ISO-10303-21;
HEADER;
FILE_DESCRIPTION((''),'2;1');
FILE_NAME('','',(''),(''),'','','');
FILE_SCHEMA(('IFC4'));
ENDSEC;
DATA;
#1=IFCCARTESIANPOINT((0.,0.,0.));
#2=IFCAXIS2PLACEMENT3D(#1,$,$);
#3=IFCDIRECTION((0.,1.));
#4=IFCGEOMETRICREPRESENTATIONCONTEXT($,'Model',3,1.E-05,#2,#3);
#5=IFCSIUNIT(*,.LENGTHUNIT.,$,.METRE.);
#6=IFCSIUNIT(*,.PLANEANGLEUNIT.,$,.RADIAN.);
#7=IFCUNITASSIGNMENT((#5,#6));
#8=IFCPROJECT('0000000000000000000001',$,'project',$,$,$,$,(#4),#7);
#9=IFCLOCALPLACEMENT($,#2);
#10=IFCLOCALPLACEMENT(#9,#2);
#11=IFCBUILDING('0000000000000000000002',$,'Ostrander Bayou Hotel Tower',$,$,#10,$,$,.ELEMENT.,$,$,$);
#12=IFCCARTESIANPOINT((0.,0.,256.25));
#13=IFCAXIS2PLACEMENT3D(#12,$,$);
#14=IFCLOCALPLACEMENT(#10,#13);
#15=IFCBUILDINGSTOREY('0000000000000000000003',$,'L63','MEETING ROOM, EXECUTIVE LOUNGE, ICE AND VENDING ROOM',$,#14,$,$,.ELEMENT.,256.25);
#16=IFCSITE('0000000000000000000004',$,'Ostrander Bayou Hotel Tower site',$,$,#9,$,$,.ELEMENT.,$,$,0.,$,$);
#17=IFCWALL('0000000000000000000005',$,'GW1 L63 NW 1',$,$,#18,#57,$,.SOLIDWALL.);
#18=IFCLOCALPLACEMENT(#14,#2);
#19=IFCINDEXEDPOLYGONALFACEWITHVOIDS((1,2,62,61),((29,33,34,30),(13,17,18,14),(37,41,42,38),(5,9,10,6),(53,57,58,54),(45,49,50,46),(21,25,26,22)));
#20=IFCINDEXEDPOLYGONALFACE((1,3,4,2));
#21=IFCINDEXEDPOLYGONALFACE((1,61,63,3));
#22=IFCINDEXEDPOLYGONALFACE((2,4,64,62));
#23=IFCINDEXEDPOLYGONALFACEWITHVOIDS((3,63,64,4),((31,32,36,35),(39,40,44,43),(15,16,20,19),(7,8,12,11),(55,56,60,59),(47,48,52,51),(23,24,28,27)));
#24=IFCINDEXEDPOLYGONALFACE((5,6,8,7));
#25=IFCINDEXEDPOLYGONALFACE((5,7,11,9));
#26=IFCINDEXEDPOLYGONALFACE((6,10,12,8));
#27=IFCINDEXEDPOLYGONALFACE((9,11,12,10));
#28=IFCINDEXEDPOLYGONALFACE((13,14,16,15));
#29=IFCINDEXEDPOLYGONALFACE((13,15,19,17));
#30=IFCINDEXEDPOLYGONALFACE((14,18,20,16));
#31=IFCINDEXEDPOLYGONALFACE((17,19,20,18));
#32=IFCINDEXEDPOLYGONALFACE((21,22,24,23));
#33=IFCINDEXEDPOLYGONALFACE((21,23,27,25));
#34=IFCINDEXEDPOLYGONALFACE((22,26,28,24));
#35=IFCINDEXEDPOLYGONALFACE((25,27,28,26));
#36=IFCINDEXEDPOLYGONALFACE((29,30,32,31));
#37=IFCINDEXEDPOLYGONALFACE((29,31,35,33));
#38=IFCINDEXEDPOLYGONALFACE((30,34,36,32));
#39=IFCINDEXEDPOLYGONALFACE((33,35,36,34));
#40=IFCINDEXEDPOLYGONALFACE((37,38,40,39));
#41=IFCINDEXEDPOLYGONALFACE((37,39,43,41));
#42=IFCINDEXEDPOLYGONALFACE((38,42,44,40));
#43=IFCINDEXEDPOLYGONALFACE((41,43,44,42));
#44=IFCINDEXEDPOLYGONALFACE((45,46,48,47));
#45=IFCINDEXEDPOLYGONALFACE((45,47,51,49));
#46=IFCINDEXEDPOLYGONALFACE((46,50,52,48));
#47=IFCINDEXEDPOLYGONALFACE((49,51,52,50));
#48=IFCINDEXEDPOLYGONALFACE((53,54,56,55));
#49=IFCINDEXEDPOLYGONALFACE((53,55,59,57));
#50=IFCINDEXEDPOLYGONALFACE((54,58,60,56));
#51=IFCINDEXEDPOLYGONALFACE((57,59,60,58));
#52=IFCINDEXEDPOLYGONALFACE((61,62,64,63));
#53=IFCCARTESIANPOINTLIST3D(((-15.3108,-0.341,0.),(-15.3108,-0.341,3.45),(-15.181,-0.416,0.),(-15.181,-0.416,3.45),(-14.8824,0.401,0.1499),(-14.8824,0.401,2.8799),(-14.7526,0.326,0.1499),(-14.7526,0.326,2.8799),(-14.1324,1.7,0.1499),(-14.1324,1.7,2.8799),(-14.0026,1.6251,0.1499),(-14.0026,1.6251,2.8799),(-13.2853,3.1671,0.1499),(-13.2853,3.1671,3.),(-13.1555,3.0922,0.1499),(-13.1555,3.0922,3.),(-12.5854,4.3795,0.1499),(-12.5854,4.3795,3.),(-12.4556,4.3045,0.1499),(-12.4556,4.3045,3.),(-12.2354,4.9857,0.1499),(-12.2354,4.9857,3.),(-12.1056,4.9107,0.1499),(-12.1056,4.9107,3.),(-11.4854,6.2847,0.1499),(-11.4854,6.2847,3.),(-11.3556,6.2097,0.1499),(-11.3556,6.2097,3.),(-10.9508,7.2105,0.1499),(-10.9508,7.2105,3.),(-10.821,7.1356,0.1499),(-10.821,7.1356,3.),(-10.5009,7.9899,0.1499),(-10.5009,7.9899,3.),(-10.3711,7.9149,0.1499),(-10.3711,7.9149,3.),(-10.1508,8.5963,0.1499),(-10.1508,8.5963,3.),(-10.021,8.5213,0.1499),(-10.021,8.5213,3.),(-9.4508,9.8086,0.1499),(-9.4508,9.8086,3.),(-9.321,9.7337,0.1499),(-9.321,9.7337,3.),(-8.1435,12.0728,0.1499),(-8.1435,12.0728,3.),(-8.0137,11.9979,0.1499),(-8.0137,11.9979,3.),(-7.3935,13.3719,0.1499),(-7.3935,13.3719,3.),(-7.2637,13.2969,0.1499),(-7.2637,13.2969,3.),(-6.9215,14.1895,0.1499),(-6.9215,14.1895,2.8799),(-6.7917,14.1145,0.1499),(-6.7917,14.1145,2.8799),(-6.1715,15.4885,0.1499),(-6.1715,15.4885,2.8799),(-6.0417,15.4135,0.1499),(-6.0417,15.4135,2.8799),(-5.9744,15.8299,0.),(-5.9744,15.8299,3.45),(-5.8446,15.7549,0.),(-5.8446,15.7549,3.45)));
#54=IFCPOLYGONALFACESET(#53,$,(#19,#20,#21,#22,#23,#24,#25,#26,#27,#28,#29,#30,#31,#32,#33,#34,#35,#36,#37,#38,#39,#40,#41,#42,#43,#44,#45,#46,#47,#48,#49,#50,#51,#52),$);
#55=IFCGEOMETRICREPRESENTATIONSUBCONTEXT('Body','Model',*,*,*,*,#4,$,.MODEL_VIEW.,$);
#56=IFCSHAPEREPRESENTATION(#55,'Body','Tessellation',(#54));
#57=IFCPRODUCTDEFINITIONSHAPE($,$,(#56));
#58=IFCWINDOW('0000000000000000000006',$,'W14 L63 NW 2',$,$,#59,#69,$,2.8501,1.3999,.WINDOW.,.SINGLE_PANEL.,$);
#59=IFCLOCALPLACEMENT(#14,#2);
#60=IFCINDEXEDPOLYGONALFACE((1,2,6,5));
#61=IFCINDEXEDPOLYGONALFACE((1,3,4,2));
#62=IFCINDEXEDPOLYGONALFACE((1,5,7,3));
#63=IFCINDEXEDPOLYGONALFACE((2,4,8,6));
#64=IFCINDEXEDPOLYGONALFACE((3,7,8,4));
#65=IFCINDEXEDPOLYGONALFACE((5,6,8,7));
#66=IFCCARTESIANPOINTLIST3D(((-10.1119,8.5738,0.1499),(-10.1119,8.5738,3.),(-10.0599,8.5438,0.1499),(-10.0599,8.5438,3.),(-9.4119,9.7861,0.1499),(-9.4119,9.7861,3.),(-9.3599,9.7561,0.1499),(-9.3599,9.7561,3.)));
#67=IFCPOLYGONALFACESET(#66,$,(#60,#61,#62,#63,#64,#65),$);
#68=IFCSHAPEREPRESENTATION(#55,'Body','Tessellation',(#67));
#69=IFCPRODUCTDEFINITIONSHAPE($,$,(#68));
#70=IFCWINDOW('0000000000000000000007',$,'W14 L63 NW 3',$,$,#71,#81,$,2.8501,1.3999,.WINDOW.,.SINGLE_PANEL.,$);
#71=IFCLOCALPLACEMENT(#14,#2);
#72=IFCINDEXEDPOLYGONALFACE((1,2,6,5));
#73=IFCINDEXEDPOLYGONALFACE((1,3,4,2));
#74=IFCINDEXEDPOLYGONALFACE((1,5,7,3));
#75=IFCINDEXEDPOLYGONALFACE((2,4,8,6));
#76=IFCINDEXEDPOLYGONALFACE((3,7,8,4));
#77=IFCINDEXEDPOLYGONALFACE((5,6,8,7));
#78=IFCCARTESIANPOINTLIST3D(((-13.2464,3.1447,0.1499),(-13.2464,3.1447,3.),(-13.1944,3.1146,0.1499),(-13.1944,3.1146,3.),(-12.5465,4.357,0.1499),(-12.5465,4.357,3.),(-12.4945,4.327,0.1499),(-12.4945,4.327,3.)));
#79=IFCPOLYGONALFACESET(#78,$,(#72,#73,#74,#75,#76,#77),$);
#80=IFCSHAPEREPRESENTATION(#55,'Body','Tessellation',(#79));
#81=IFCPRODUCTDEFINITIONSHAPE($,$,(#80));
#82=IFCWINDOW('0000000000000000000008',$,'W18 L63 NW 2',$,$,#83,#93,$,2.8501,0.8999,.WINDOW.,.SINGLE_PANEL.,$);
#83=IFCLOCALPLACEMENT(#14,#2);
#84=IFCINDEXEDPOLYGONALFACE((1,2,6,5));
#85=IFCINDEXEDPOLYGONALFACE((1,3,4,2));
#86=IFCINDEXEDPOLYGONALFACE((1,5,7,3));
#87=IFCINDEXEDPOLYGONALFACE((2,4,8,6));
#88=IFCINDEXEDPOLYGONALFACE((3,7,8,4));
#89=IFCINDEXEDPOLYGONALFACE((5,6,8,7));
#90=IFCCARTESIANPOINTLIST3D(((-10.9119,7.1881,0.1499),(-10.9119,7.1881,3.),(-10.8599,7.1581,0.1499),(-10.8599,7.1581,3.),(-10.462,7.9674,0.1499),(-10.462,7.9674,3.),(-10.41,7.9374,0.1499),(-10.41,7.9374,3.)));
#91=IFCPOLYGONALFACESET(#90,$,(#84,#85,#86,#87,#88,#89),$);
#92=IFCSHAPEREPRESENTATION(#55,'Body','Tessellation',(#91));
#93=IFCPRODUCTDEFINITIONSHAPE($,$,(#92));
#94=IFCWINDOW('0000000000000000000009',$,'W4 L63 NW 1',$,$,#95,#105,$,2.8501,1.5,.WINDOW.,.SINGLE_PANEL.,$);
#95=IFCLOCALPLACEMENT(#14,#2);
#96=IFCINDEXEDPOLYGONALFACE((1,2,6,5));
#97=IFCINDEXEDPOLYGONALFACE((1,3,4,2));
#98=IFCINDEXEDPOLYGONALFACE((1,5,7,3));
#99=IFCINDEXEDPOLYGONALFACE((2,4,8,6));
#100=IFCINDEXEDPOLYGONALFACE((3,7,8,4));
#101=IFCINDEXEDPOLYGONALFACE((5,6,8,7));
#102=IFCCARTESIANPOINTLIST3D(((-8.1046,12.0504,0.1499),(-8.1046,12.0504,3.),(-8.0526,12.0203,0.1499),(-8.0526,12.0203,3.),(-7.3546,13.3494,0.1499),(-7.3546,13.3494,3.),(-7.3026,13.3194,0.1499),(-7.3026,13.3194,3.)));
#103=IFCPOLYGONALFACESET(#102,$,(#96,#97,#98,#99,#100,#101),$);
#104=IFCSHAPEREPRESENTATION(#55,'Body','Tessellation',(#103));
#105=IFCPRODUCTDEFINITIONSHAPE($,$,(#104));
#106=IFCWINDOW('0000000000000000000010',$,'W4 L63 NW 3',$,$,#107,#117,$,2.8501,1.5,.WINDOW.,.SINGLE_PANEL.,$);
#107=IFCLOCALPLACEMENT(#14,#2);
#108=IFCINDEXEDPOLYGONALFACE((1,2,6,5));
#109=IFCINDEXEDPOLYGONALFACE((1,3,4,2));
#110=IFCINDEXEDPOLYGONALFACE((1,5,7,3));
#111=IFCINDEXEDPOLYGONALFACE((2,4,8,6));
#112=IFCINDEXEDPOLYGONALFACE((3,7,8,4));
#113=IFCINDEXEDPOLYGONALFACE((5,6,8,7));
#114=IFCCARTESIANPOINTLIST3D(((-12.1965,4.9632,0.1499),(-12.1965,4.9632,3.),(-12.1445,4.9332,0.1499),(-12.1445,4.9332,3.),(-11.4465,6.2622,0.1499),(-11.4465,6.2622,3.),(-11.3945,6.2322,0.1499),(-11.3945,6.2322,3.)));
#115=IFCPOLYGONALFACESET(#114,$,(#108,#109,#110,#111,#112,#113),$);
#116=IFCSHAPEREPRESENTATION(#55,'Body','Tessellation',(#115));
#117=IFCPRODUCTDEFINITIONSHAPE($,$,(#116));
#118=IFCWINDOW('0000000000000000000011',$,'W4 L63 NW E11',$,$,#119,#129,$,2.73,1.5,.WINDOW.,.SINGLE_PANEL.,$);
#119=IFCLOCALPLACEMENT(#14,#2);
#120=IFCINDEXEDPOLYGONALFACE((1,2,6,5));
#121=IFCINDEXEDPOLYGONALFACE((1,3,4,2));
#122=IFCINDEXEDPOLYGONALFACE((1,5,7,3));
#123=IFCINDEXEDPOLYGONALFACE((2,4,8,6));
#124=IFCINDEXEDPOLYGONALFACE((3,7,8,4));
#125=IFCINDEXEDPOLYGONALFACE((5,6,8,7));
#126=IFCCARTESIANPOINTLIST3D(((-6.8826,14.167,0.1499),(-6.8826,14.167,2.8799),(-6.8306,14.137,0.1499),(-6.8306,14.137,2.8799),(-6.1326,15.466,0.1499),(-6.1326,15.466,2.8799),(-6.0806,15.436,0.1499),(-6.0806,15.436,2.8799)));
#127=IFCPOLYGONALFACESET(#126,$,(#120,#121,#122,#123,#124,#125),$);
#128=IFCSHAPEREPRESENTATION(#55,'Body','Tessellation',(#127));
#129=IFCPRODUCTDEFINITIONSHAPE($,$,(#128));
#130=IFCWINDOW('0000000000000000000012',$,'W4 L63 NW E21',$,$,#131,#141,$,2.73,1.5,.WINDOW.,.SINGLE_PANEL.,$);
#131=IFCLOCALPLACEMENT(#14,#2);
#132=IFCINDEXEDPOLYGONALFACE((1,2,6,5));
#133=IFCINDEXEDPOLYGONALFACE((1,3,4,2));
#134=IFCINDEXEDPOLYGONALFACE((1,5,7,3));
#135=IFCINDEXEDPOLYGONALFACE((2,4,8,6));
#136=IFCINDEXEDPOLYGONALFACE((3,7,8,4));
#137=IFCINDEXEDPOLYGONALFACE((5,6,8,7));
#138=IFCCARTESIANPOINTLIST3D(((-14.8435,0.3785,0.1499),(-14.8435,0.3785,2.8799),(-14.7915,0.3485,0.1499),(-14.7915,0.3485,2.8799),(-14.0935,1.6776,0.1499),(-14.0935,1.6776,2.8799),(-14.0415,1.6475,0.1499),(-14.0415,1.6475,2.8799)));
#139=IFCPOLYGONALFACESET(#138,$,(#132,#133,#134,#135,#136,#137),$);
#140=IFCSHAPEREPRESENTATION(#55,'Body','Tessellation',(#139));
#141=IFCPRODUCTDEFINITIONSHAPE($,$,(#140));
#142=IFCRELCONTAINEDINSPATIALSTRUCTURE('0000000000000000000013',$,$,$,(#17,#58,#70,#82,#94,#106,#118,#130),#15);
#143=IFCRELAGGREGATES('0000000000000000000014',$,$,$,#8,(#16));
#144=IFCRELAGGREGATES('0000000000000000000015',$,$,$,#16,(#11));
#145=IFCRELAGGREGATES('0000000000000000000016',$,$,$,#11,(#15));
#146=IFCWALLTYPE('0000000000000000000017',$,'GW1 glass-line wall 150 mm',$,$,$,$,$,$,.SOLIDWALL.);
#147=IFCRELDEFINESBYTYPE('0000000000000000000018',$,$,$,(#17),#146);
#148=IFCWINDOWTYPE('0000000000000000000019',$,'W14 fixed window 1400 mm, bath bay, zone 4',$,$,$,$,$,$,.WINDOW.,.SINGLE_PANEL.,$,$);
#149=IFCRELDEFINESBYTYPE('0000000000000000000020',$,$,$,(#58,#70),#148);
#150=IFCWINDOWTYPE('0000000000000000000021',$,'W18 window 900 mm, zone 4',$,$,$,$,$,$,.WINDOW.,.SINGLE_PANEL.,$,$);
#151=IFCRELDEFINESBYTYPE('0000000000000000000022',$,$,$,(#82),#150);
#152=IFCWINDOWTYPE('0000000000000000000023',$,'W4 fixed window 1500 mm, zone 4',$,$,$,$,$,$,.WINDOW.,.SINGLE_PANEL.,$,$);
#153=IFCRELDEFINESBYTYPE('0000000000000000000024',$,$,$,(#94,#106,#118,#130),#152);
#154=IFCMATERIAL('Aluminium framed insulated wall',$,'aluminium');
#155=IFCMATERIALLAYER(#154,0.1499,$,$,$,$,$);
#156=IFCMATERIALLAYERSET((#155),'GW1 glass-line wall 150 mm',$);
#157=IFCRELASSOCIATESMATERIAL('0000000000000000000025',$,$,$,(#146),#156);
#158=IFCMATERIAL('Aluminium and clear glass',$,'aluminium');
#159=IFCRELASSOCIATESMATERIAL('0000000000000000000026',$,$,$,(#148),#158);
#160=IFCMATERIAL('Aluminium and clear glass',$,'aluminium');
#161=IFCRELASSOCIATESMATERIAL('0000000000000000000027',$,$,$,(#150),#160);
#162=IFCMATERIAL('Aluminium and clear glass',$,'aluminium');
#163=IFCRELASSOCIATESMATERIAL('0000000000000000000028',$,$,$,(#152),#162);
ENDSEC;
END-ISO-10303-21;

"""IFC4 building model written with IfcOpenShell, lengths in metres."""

from ifc_helpers import new_model, si_unit, direction, frame, frame_2d, origin, place, context, subcontext, project, spatial, rectangle, extrude, material, layer, layer_set, type_object, element, fill, save


model = new_model("IFC4")

# Units and contexts
model_context = context("Model", 3, precision=1e-05, world=origin(), true_north=direction((0.0, 1.0)))
body_context = subcontext(model_context, "Body", "Model", "MODEL_VIEW")
ifc_project = project(units=[si_unit("LENGTHUNIT", "METRE"), si_unit("PLANEANGLEUNIT", "RADIAN")], contexts=[model_context])

# Site, building, storey
site_placement = place(None, origin())
site = spatial("IfcSite", under=ifc_project, at=site_placement, Name="Ostrander Bayou Hotel Tower site", CompositionType="ELEMENT", RefElevation=0.0)
building_placement = place(site_placement, origin())
building = spatial("IfcBuilding", under=site, at=building_placement, Name="Ostrander Bayou Hotel Tower", CompositionType="ELEMENT")
storey_placement = place(building_placement, frame((0.0, 0.0, 256.25)))
storey = spatial("IfcBuildingStorey", under=building, at=storey_placement, Name="L63", Description="MEETING ROOM, EXECUTIVE LOUNGE, ICE AND VENDING ROOM", CompositionType="ELEMENT", Elevation=256.25)

# Wall, openings, windows
ifc_material_1 = material(Name="Aluminium framed insulated wall", Category="aluminium")
ifc_layer_1 = layer(ifc_material_1, 0.1499)
ifc_layer_set_1 = layer_set([ifc_layer_1], Name="GW1 glass-line wall 150 mm")
wall_type_1 = type_object("IfcWallType", Name="GW1 glass-line wall 150 mm", PredefinedType="SOLIDWALL", material=ifc_layer_set_1)
wall_1_placement = place(storey_placement, frame((-5.9094, 15.7925, 0.0), z_axis=(0.0, 0.0, 1.0), x_axis=(-0.500006, -0.866022, 0.0)))
wall_1 = element("IfcWall", 1, at=wall_1_placement, inside=storey, type_object=wall_type_1, Name="GW1 L63 NW 1", PredefinedType="SOLIDWALL", context=body_context, shape_type="SweptSolid", body=[
    extrude(rectangle(XDim=18.6726, YDim=0.1499, at=frame_2d((9.3364, 0.0))), origin(), (0.0, 0.0, 1.0), 3.45),
])
opening_1_placement = place(wall_1_placement, frame((2.8384, 0.0, 0.1499)))
opening_1 = element("IfcOpeningElement", 2, at=opening_1_placement, cuts=wall_1, PredefinedType="OPENING", context=body_context, shape_type="SweptSolid", body=[
    extrude(rectangle(XDim=1.5, YDim=2.8501, at=frame_2d((0.75, 1.425))), frame((0.0, 0.075, 0.0), z_axis=(0.0, -1.0, 0.0), x_axis=(1.0, 0.0, 0.0)), (0.0, 0.0, 1.0), 0.1499),
])
opening_2_placement = place(wall_1_placement, frame((9.053, 0.0, 0.1499)))
opening_2 = element("IfcOpeningElement", 3, at=opening_2_placement, cuts=wall_1, PredefinedType="OPENING", context=body_context, shape_type="SweptSolid", body=[
    extrude(rectangle(XDim=0.8999, YDim=2.8501, at=frame_2d((0.45, 1.425))), frame((0.0, 0.075, 0.0), z_axis=(0.0, -1.0, 0.0), x_axis=(1.0, 0.0, 0.0)), (0.0, 0.0, 1.0), 0.1499),
])
opening_3_placement = place(wall_1_placement, frame((6.9529, 0.0, 0.1499)))
opening_3 = element("IfcOpeningElement", 4, at=opening_3_placement, cuts=wall_1, PredefinedType="OPENING", context=body_context, shape_type="SweptSolid", body=[
    extrude(rectangle(XDim=1.3999, YDim=2.8501, at=frame_2d((0.7, 1.425))), frame((0.0, 0.075, 0.0), z_axis=(0.0, -1.0, 0.0), x_axis=(1.0, 0.0, 0.0)), (0.0, 0.0, 1.0), 0.1499),
])
opening_4_placement = place(wall_1_placement, frame((11.022, 0.0, 0.1499)))
opening_4 = element("IfcOpeningElement", 5, at=opening_4_placement, cuts=wall_1, PredefinedType="OPENING", context=body_context, shape_type="SweptSolid", body=[
    extrude(rectangle(XDim=1.5, YDim=2.8501, at=frame_2d((0.75, 1.425))), frame((0.0, 0.075, 0.0), z_axis=(0.0, -1.0, 0.0), x_axis=(1.0, 0.0, 0.0)), (0.0, 0.0, 1.0), 0.1499),
])
opening_5_placement = place(wall_1_placement, frame((13.2219, 0.0, 0.1499)))
opening_5 = element("IfcOpeningElement", 6, at=opening_5_placement, cuts=wall_1, PredefinedType="OPENING", context=body_context, shape_type="SweptSolid", body=[
    extrude(rectangle(XDim=1.3999, YDim=2.8501, at=frame_2d((0.7, 1.425))), frame((0.0, 0.075, 0.0), z_axis=(0.0, -1.0, 0.0), x_axis=(1.0, 0.0, 0.0)), (0.0, 0.0, 1.0), 0.1499),
])
opening_6_placement = place(wall_1_placement, frame((0.3943, 0.0, 0.1499)))
opening_6 = element("IfcOpeningElement", 7, at=opening_6_placement, cuts=wall_1, PredefinedType="OPENING", context=body_context, shape_type="SweptSolid", body=[
    extrude(rectangle(XDim=1.5, YDim=2.73, at=frame_2d((0.75, 1.365))), frame((0.0, 0.075, 0.0), z_axis=(0.0, -1.0, 0.0), x_axis=(1.0, 0.0, 0.0)), (0.0, 0.0, 1.0), 0.1499),
])
opening_7_placement = place(wall_1_placement, frame((16.3159, 0.0, 0.1499)))
opening_7 = element("IfcOpeningElement", 8, at=opening_7_placement, cuts=wall_1, PredefinedType="OPENING", context=body_context, shape_type="SweptSolid", body=[
    extrude(rectangle(XDim=1.5, YDim=2.73, at=frame_2d((0.75, 1.365))), frame((0.0, 0.075, 0.0), z_axis=(0.0, -1.0, 0.0), x_axis=(1.0, 0.0, 0.0)), (0.0, 0.0, 1.0), 0.1499),
])
ifc_material_2 = material(Name="Aluminium and clear glass", Category="aluminium")
window_type_1 = type_object("IfcWindowType", Name="W14 fixed window 1400 mm, bath bay, zone 4", PartitioningType="SINGLE_PANEL", PredefinedType="WINDOW", material=ifc_material_2)
window_1_placement = place(opening_3_placement, origin())
window_1 = element("IfcWindow", 9, at=window_1_placement, inside=storey, type_object=window_type_1, Name="W14 L63 NW 2", OverallHeight=2.8501, OverallWidth=1.3999, PartitioningType="SINGLE_PANEL", PredefinedType="WINDOW", context=body_context, shape_type="SweptSolid", body=[
    extrude(rectangle(XDim=1.3999, YDim=2.8501, at=frame_2d((0.7, 1.425))), frame((0.0, 0.03, 0.0), z_axis=(0.0, -1.0, 0.0), x_axis=(1.0, 0.0, 0.0)), (0.0, 0.0, 1.0), 0.0601),
])
fill(opening_3, window_1)
window_2_placement = place(opening_5_placement, origin())
window_2 = element("IfcWindow", 10, at=window_2_placement, inside=storey, type_object=window_type_1, Name="W14 L63 NW 3", OverallHeight=2.8501, OverallWidth=1.3999, PartitioningType="SINGLE_PANEL", PredefinedType="WINDOW", context=body_context, shape_type="SweptSolid", body=[
    extrude(rectangle(XDim=1.3999, YDim=2.8501, at=frame_2d((0.7, 1.425))), frame((0.0, 0.03, 0.0), z_axis=(0.0, -1.0, 0.0), x_axis=(1.0, 0.0, 0.0)), (0.0, 0.0, 1.0), 0.0601),
])
fill(opening_5, window_2)
ifc_material_3 = material(Name="Aluminium and clear glass", Category="aluminium")
window_type_2 = type_object("IfcWindowType", Name="W18 window 900 mm, zone 4", PartitioningType="SINGLE_PANEL", PredefinedType="WINDOW", material=ifc_material_3)
window_3_placement = place(opening_2_placement, origin())
window_3 = element("IfcWindow", 11, at=window_3_placement, inside=storey, type_object=window_type_2, Name="W18 L63 NW 2", OverallHeight=2.8501, OverallWidth=0.8999, PartitioningType="SINGLE_PANEL", PredefinedType="WINDOW", context=body_context, shape_type="SweptSolid", body=[
    extrude(rectangle(XDim=0.8999, YDim=2.8501, at=frame_2d((0.45, 1.425))), frame((0.0, 0.03, 0.0), z_axis=(0.0, -1.0, 0.0), x_axis=(1.0, 0.0, 0.0)), (0.0, 0.0, 1.0), 0.0601),
])
fill(opening_2, window_3)
ifc_material_4 = material(Name="Aluminium and clear glass", Category="aluminium")
window_type_3 = type_object("IfcWindowType", Name="W4 fixed window 1500 mm, zone 4", PartitioningType="SINGLE_PANEL", PredefinedType="WINDOW", material=ifc_material_4)
window_4_placement = place(opening_1_placement, origin())
window_4 = element("IfcWindow", 12, at=window_4_placement, inside=storey, type_object=window_type_3, Name="W4 L63 NW 1", OverallHeight=2.8501, OverallWidth=1.5, PartitioningType="SINGLE_PANEL", PredefinedType="WINDOW", context=body_context, shape_type="SweptSolid", body=[
    extrude(rectangle(XDim=1.5, YDim=2.8501, at=frame_2d((0.75, 1.425))), frame((0.0, 0.03, 0.0), z_axis=(0.0, -1.0, 0.0), x_axis=(1.0, 0.0, 0.0)), (0.0, 0.0, 1.0), 0.0601),
])
fill(opening_1, window_4)
window_5_placement = place(opening_4_placement, origin())
window_5 = element("IfcWindow", 13, at=window_5_placement, inside=storey, type_object=window_type_3, Name="W4 L63 NW 3", OverallHeight=2.8501, OverallWidth=1.5, PartitioningType="SINGLE_PANEL", PredefinedType="WINDOW", context=body_context, shape_type="SweptSolid", body=[
    extrude(rectangle(XDim=1.5, YDim=2.8501, at=frame_2d((0.75, 1.425))), frame((0.0, 0.03, 0.0), z_axis=(0.0, -1.0, 0.0), x_axis=(1.0, 0.0, 0.0)), (0.0, 0.0, 1.0), 0.0601),
])
fill(opening_4, window_5)
window_6_placement = place(opening_6_placement, origin())
window_6 = element("IfcWindow", 14, at=window_6_placement, inside=storey, type_object=window_type_3, Name="W4 L63 NW E11", OverallHeight=2.73, OverallWidth=1.5, PartitioningType="SINGLE_PANEL", PredefinedType="WINDOW", context=body_context, shape_type="SweptSolid", body=[
    extrude(rectangle(XDim=1.5, YDim=2.73, at=frame_2d((0.75, 1.365))), frame((0.0, 0.03, 0.0), z_axis=(0.0, -1.0, 0.0), x_axis=(1.0, 0.0, 0.0)), (0.0, 0.0, 1.0), 0.0601),
])
fill(opening_6, window_6)
window_7_placement = place(opening_7_placement, origin())
window_7 = element("IfcWindow", 15, at=window_7_placement, inside=storey, type_object=window_type_3, Name="W4 L63 NW E21", OverallHeight=2.73, OverallWidth=1.5, PartitioningType="SINGLE_PANEL", PredefinedType="WINDOW", context=body_context, shape_type="SweptSolid", body=[
    extrude(rectangle(XDim=1.5, YDim=2.73, at=frame_2d((0.75, 1.365))), frame((0.0, 0.03, 0.0), z_axis=(0.0, -1.0, 0.0), x_axis=(1.0, 0.0, 0.0)), (0.0, 0.0, 1.0), 0.0601),
])
fill(opening_7, window_7)

save(model, "model.ifc")
